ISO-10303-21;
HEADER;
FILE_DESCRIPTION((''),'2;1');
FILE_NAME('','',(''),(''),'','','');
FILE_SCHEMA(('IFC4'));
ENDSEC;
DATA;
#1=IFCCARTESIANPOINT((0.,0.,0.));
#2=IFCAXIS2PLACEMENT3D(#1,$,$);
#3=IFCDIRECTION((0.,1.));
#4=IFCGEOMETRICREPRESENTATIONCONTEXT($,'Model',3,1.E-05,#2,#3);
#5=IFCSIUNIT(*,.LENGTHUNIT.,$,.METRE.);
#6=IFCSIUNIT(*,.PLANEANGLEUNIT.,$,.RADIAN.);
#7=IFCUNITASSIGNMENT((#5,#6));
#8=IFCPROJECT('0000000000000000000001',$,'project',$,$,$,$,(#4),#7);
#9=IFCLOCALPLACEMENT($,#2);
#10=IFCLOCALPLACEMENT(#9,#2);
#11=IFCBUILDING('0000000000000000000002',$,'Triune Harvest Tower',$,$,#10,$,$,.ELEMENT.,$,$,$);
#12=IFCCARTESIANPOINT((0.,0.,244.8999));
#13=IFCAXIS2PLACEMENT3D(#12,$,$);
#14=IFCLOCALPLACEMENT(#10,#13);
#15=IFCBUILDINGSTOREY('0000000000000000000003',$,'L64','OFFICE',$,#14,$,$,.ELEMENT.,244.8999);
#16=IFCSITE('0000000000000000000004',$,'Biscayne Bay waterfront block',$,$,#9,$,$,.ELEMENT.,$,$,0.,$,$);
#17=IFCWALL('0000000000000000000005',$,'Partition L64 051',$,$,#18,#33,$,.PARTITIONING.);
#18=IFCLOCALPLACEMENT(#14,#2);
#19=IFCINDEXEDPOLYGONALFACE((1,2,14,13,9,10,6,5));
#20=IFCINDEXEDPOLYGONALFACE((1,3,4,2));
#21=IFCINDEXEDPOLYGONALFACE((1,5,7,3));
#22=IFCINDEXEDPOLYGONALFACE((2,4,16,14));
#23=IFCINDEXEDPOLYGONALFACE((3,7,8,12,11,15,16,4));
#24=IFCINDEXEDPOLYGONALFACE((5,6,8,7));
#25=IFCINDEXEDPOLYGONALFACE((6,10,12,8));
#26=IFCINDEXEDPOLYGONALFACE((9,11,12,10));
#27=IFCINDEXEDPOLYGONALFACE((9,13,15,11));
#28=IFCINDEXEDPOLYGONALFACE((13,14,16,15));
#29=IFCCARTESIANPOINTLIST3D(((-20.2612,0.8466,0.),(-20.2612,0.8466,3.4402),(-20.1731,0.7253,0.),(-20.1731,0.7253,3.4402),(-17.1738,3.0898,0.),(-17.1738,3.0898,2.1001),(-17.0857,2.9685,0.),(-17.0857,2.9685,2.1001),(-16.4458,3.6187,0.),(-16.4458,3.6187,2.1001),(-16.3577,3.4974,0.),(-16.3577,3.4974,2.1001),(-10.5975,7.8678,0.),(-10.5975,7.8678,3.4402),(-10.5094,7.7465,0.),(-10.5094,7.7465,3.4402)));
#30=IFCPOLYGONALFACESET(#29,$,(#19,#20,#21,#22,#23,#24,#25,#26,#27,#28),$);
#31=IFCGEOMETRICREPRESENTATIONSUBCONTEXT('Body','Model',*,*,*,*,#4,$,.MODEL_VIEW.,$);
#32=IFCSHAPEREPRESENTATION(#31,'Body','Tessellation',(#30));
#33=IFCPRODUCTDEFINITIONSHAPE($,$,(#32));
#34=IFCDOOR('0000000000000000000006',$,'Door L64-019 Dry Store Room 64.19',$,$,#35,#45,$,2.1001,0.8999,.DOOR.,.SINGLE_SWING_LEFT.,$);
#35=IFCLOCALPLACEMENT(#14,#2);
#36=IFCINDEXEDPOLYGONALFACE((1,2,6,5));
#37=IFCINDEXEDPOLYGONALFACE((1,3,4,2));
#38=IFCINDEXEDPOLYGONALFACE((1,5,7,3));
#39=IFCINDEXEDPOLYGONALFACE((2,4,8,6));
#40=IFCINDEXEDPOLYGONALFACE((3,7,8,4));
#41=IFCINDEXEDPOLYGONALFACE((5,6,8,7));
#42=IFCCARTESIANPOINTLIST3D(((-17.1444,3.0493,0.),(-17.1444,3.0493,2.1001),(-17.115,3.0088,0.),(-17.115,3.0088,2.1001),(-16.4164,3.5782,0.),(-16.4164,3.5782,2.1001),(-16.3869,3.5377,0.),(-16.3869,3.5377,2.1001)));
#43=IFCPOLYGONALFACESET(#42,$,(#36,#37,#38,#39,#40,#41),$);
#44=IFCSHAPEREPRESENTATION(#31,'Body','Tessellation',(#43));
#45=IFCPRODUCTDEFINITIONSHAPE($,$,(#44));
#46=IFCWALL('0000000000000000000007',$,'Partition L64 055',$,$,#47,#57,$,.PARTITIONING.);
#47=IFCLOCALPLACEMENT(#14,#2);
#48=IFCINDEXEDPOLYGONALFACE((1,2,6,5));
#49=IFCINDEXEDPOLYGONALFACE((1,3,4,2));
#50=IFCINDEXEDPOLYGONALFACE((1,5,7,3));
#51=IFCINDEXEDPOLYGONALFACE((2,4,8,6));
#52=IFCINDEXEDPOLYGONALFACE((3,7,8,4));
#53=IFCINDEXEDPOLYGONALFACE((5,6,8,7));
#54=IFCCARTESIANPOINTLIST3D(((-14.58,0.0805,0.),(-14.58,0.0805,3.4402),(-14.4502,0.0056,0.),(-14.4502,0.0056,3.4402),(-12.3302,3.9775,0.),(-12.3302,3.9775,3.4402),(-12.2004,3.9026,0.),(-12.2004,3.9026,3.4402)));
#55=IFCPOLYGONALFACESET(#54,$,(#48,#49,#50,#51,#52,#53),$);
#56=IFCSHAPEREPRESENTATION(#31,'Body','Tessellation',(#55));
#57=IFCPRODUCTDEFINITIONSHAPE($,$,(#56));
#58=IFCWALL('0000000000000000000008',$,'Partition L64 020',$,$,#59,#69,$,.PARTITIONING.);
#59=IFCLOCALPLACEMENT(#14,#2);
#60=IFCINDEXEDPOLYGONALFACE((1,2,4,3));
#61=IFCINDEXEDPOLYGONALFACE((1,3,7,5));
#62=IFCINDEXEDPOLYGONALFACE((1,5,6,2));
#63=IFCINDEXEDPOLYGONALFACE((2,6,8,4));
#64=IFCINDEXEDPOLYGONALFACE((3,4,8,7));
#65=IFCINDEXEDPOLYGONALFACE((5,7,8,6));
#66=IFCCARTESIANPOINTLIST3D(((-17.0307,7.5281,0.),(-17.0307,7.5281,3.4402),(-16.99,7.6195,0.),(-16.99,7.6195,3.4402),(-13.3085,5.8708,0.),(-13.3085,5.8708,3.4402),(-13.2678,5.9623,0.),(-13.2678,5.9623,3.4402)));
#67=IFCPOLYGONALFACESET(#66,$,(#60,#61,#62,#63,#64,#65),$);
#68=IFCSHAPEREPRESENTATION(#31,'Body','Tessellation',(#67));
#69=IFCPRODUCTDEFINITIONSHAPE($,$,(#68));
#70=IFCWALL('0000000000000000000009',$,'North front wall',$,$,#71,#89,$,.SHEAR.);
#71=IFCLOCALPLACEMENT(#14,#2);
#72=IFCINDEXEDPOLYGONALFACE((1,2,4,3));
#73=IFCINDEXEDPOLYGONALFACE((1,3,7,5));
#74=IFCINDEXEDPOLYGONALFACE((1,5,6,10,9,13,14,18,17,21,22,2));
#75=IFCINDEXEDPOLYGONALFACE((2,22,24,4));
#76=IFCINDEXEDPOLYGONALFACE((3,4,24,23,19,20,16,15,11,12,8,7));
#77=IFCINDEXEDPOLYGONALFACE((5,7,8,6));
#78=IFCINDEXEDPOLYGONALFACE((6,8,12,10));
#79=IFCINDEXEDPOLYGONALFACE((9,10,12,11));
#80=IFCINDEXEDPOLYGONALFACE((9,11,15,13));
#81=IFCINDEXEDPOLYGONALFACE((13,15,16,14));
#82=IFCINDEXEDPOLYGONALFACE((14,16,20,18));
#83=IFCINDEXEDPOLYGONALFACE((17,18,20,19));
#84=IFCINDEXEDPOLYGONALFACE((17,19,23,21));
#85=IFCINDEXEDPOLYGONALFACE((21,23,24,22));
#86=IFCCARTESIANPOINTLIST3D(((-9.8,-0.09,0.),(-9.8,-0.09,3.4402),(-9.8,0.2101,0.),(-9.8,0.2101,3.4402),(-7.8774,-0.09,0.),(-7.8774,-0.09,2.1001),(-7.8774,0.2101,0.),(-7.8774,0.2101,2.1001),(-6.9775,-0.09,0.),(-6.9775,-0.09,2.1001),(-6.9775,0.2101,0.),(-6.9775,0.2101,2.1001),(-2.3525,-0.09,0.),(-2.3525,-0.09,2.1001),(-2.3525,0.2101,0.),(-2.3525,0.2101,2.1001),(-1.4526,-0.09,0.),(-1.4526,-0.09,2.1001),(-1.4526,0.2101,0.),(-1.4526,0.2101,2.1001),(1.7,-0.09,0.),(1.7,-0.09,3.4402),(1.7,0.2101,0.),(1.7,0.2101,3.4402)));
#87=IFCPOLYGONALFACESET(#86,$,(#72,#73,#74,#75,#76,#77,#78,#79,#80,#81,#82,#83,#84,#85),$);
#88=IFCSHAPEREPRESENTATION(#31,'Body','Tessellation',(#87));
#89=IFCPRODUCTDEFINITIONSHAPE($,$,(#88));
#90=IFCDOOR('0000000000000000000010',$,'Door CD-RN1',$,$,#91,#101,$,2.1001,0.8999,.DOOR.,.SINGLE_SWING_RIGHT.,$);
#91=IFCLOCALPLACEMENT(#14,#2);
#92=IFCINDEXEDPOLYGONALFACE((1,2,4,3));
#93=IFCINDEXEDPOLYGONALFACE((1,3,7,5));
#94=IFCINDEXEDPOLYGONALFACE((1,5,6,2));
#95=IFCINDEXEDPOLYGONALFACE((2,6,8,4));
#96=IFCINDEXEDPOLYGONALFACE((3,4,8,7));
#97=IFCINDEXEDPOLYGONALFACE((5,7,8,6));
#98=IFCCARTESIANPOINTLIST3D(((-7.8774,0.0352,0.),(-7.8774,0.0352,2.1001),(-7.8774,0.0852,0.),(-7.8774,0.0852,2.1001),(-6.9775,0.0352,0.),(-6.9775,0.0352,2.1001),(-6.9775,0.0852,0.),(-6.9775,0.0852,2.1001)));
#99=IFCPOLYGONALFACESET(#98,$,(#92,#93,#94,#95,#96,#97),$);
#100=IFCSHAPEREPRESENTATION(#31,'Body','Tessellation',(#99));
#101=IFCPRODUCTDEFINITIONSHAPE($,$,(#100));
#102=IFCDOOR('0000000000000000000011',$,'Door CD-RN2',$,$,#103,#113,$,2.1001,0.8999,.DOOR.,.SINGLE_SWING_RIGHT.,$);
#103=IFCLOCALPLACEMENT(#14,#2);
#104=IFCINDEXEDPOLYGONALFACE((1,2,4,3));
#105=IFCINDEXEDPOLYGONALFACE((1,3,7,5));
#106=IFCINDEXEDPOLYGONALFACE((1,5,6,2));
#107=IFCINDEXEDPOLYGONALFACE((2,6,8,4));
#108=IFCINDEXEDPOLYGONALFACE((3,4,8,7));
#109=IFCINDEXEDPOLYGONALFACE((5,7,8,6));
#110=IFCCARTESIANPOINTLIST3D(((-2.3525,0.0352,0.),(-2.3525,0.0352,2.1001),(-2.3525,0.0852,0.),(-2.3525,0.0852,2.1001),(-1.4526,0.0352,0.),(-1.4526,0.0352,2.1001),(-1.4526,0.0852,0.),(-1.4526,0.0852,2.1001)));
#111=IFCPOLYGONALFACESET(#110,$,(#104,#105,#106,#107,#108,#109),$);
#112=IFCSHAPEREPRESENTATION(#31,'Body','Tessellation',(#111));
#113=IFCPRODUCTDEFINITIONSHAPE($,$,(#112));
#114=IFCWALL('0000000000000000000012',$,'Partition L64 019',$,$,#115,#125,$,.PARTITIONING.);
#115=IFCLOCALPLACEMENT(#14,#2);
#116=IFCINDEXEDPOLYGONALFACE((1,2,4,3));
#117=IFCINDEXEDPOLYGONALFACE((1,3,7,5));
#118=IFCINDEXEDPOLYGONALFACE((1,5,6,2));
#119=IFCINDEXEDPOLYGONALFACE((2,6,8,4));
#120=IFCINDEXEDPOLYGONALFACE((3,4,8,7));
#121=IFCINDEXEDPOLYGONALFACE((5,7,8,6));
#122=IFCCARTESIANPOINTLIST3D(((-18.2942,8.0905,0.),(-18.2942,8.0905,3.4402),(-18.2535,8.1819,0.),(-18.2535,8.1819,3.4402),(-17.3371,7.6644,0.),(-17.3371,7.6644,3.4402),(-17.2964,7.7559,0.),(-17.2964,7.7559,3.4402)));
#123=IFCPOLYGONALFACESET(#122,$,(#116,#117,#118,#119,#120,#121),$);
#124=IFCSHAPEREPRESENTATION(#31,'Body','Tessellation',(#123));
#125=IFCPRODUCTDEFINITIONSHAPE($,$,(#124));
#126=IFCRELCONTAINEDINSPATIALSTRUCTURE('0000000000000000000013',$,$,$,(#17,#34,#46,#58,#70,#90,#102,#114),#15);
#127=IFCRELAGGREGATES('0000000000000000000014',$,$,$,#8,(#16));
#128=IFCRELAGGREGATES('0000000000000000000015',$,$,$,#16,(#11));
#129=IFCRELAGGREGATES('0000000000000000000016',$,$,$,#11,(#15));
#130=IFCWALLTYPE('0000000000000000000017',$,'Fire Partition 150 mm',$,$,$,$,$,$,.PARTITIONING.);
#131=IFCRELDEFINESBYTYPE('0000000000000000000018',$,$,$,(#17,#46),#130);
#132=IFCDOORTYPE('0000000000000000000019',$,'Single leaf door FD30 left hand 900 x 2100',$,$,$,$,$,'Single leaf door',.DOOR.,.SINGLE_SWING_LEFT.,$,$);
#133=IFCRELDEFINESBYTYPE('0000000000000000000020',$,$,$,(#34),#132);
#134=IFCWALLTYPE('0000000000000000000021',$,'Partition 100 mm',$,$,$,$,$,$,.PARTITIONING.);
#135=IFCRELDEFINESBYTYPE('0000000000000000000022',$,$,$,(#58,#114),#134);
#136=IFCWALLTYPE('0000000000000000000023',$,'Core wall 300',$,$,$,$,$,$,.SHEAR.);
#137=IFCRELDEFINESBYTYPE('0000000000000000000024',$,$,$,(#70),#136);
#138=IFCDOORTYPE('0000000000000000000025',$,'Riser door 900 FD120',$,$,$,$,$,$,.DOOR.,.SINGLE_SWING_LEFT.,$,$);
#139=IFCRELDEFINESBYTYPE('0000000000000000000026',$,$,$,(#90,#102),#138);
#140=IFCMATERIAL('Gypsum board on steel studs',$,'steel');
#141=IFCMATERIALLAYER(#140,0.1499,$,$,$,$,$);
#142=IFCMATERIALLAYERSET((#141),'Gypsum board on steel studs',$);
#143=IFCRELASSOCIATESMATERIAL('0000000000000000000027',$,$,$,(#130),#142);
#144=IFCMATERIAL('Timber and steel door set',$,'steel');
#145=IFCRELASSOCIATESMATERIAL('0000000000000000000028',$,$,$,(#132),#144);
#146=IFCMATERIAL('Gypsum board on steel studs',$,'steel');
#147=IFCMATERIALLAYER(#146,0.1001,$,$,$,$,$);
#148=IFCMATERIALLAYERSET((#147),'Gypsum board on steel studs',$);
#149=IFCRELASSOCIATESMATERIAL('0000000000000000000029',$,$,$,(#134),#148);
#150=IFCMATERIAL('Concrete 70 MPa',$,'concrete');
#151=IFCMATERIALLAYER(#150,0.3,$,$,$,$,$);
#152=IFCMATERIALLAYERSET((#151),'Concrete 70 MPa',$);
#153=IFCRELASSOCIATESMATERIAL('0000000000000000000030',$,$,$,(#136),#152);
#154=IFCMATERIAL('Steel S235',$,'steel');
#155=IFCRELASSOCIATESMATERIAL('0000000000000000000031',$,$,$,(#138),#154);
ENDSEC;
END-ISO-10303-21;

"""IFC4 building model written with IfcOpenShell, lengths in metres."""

from ifc_helpers import new_model, si_unit, direction, frame, frame_2d, origin, place, context, subcontext, project, spatial, rectangle, extrude, source, transform, mapped, material, layer, layer_set, type_object, element, fill, save


model = new_model("IFC4")

# Units and contexts
model_context = context("Model", 3, precision=1e-05, world=origin(), true_north=direction((0.0, 1.0)))
body_context = subcontext(model_context, "Body", "Model", "MODEL_VIEW")
ifc_project = project(units=[si_unit("LENGTHUNIT", "METRE"), si_unit("PLANEANGLEUNIT", "RADIAN")], contexts=[model_context])

# Site, building, storey
site_placement = place(None, origin())
site = spatial("IfcSite", under=ifc_project, at=site_placement, Name="Biscayne Bay waterfront block", CompositionType="ELEMENT", RefElevation=0.0)
building_placement = place(site_placement, origin())
building = spatial("IfcBuilding", under=site, at=building_placement, Name="Triune Harvest Tower", CompositionType="ELEMENT")
storey_placement = place(building_placement, frame((0.0, 0.0, 244.8999)))
storey = spatial("IfcBuildingStorey", under=building, at=storey_placement, Name="L64", Description="OFFICE", CompositionType="ELEMENT", Elevation=244.8999)

# Wall, opening, door
ifc_material_1 = material(Name="Gypsum board on steel studs", Category="steel")
ifc_layer_1 = layer(ifc_material_1, 0.1499)
ifc_layer_set_1 = layer_set([ifc_layer_1], Name="Gypsum board on steel studs")
wall_type_1 = type_object("IfcWallType", Name="Fire Partition 150 mm", PredefinedType="PARTITIONING", material=ifc_layer_set_1)
wall_1_placement = place(storey_placement, frame((-20.2173, 0.7859, 0.0), z_axis=(0.0, 0.0, 1.0), x_axis=(0.809014, 0.587789, 0.0)))
wall_1 = element("IfcWall", 1, at=wall_1_placement, inside=storey, type_object=wall_type_1, Name="Partition L64 051", PredefinedType="PARTITIONING", context=body_context, shape_type="SweptSolid", body=[
    extrude(rectangle(XDim=11.9451, YDim=0.1499, at=frame_2d((5.9727, 0.0))), origin(), (0.0, 0.0, 1.0), 3.4402),
])
opening_1_placement = place(wall_1_placement, frame((3.8164, 0.0, 0.0)))
opening_1 = element("IfcOpeningElement", 2, at=opening_1_placement, cuts=wall_1, PredefinedType="OPENING", context=body_context, shape_type="SweptSolid", body=[
    extrude(rectangle(XDim=0.8999, YDim=2.1001, at=frame_2d((0.45, 1.05))), frame((0.0, 0.085, 0.0), z_axis=(0.0, -1.0, 0.0), x_axis=(1.0, 0.0, 0.0)), (0.0, 0.0, 1.0), 0.1699),
])
ifc_material_2 = material(Name="Timber and steel door set", Category="steel")
door_type_1 = type_object("IfcDoorType", Name="Single leaf door FD30 left hand 900 x 2100", ElementType="Single leaf door", OperationType="SINGLE_SWING_LEFT", PredefinedType="DOOR", material=ifc_material_2)
door_1_placement = place(opening_1_placement, origin())
door_1 = element("IfcDoor", 3, at=door_1_placement, inside=storey, type_object=door_type_1, Name="Door L64-019 Dry Store Room 64.19", OperationType="SINGLE_SWING_LEFT", OverallHeight=2.1001, OverallWidth=0.8999, PredefinedType="DOOR", context=body_context, shape_type="SweptSolid", body=[
    extrude(rectangle(XDim=0.8999, YDim=2.1001, at=frame_2d((0.45, 1.05))), frame((0.0, 0.0249, 0.0), z_axis=(0.0, -1.0, 0.0), x_axis=(1.0, 0.0, 0.0)), (0.0, 0.0, 1.0), 0.05),
])
fill(opening_1, door_1)

# Walls
wall_2_placement = place(storey_placement, frame((-14.5151, 0.043, 0.0), z_axis=(0.0, 0.0, 1.0), x_axis=(0.499973, 0.866041, 0.0)))
element("IfcWall", 4, at=wall_2_placement, inside=storey, type_object=wall_type_1, Name="Partition L64 055", PredefinedType="PARTITIONING", context=body_context, shape_type="SweptSolid", body=[
    extrude(rectangle(XDim=4.4998, YDim=0.1499, at=frame_2d((2.25, 0.0))), origin(), (0.0, 0.0, 1.0), 3.4402),
])
ifc_material_3 = material(Name="Gypsum board on steel studs", Category="steel")
ifc_layer_2 = layer(ifc_material_3, 0.1001)
ifc_layer_set_2 = layer_set([ifc_layer_2], Name="Gypsum board on steel studs")
wall_type_2 = type_object("IfcWallType", Name="Partition 100 mm", PredefinedType="PARTITIONING", material=ifc_layer_set_2)
wall_3_placement = place(storey_placement, frame((-17.0103, 7.5737, 0.0), z_axis=(0.0, 0.0, 1.0), x_axis=(0.913544, -0.406739, 0.0)))
element("IfcWall", 5, at=wall_3_placement, inside=storey, type_object=wall_type_2, Name="Partition L64 020", PredefinedType="PARTITIONING", context=body_context, shape_type="SweptSolid", body=[
    extrude(rectangle(XDim=4.0745, YDim=0.1001, at=frame_2d((2.0371, 0.0))), origin(), (0.0, 0.0, 1.0), 3.4402),
])

# Wall, openings, doors
ifc_material_4 = material(Name="Concrete 70 MPa", Category="concrete")
ifc_layer_3 = layer(ifc_material_4, 0.3)
ifc_layer_set_3 = layer_set([ifc_layer_3], Name="Concrete 70 MPa")
wall_type_3 = type_object("IfcWallType", Name="Core wall 300", PredefinedType="SHEAR", material=ifc_layer_set_3)
shared_shape_1 = source(origin(), body_context, "Body", "SweptSolid", [
    extrude(rectangle(XDim=11.5, YDim=0.3, at=frame_2d((5.75, 0.0))), origin(), (0.0, 0.0, 1.0), 3.4402),
])
wall_4_placement = place(storey_placement, frame((-9.8, 0.0601, 0.0), z_axis=(0.0, 0.0, 1.0), x_axis=(1.0, 0.0, 0.0)))
wall_4 = element("IfcWall", 6, at=wall_4_placement, inside=storey, type_object=wall_type_3, Name="North front wall", PredefinedType="SHEAR", context=body_context, shape_type="MappedRepresentation", body=[
    mapped(shared_shape_1, transform((0.0, 0.0, 0.0), scale=1.0)),
])
opening_2_placement = place(wall_4_placement, frame((1.9226, 0.0, 0.0)))
opening_2 = element("IfcOpeningElement", 7, at=opening_2_placement, cuts=wall_4, PredefinedType="OPENING", context=body_context, shape_type="SweptSolid", body=[
    extrude(rectangle(XDim=0.8999, YDim=2.1001, at=frame_2d((0.45, 1.05))), frame((0.0, 0.1602, 0.0), z_axis=(0.0, -1.0, 0.0), x_axis=(1.0, 0.0, 0.0)), (0.0, 0.0, 1.0), 0.3201),
])
opening_3_placement = place(wall_4_placement, frame((7.4475, 0.0, 0.0)))
opening_3 = element("IfcOpeningElement", 8, at=opening_3_placement, cuts=wall_4, PredefinedType="OPENING", context=body_context, shape_type="SweptSolid", body=[
    extrude(rectangle(XDim=0.8999, YDim=2.1001, at=frame_2d((0.45, 1.05))), frame((0.0, 0.1602, 0.0), z_axis=(0.0, -1.0, 0.0), x_axis=(1.0, 0.0, 0.0)), (0.0, 0.0, 1.0), 0.3201),
])
ifc_material_5 = material(Name="Steel S235", Category="steel")
door_type_2 = type_object("IfcDoorType", Name="Riser door 900 FD120", OperationType="SINGLE_SWING_LEFT", PredefinedType="DOOR", material=ifc_material_5)
door_2_placement = place(opening_2_placement, frame((0.8999, 0.0, 0.0), z_axis=(0.0, 0.0, 1.0), x_axis=(-1.0, 0.0, 0.0)))
door_2 = element("IfcDoor", 9, at=door_2_placement, inside=storey, type_object=door_type_2, Name="Door CD-RN1", OperationType="SINGLE_SWING_RIGHT", OverallHeight=2.1001, OverallWidth=0.8999, PredefinedType="DOOR", context=body_context, shape_type="SweptSolid", body=[
    extrude(rectangle(XDim=0.8999, YDim=2.1001, at=frame_2d((0.45, 1.05))), frame((0.0, 0.0249, 0.0), z_axis=(0.0, -1.0, 0.0), x_axis=(1.0, 0.0, 0.0)), (0.0, 0.0, 1.0), 0.05),
])
fill(opening_2, door_2)
door_3_placement = place(opening_3_placement, frame((0.8999, 0.0, 0.0), z_axis=(0.0, 0.0, 1.0), x_axis=(-1.0, 0.0, 0.0)))
door_3 = element("IfcDoor", 10, at=door_3_placement, inside=storey, type_object=door_type_2, Name="Door CD-RN2", OperationType="SINGLE_SWING_RIGHT", OverallHeight=2.1001, OverallWidth=0.8999, PredefinedType="DOOR", context=body_context, shape_type="SweptSolid", body=[
    extrude(rectangle(XDim=0.8999, YDim=2.1001, at=frame_2d((0.45, 1.05))), frame((0.0, 0.0249, 0.0), z_axis=(0.0, -1.0, 0.0), x_axis=(1.0, 0.0, 0.0)), (0.0, 0.0, 1.0), 0.05),
])
fill(opening_3, door_3)

# Wall
shared_shape_2 = source(origin(), body_context, "Body", "SweptSolid", [
    extrude(rectangle(XDim=1.0476, YDim=0.1001, at=frame_2d((0.5239, 0.0))), origin(), (0.0, 0.0, 1.0), 3.4402),
])
wall_5_placement = place(storey_placement, frame((-18.2739, 8.1362, 0.0), z_axis=(0.0, 0.0, 1.0), x_axis=(0.913571, -0.406679, 0.0)))
element("IfcWall", 11, at=wall_5_placement, inside=storey, type_object=wall_type_2, Name="Partition L64 019", PredefinedType="PARTITIONING", context=body_context, shape_type="MappedRepresentation", body=[
    mapped(shared_shape_2, transform((0.0, 0.0, 0.0), scale=1.0)),
])

save(model, "model.ifc")
